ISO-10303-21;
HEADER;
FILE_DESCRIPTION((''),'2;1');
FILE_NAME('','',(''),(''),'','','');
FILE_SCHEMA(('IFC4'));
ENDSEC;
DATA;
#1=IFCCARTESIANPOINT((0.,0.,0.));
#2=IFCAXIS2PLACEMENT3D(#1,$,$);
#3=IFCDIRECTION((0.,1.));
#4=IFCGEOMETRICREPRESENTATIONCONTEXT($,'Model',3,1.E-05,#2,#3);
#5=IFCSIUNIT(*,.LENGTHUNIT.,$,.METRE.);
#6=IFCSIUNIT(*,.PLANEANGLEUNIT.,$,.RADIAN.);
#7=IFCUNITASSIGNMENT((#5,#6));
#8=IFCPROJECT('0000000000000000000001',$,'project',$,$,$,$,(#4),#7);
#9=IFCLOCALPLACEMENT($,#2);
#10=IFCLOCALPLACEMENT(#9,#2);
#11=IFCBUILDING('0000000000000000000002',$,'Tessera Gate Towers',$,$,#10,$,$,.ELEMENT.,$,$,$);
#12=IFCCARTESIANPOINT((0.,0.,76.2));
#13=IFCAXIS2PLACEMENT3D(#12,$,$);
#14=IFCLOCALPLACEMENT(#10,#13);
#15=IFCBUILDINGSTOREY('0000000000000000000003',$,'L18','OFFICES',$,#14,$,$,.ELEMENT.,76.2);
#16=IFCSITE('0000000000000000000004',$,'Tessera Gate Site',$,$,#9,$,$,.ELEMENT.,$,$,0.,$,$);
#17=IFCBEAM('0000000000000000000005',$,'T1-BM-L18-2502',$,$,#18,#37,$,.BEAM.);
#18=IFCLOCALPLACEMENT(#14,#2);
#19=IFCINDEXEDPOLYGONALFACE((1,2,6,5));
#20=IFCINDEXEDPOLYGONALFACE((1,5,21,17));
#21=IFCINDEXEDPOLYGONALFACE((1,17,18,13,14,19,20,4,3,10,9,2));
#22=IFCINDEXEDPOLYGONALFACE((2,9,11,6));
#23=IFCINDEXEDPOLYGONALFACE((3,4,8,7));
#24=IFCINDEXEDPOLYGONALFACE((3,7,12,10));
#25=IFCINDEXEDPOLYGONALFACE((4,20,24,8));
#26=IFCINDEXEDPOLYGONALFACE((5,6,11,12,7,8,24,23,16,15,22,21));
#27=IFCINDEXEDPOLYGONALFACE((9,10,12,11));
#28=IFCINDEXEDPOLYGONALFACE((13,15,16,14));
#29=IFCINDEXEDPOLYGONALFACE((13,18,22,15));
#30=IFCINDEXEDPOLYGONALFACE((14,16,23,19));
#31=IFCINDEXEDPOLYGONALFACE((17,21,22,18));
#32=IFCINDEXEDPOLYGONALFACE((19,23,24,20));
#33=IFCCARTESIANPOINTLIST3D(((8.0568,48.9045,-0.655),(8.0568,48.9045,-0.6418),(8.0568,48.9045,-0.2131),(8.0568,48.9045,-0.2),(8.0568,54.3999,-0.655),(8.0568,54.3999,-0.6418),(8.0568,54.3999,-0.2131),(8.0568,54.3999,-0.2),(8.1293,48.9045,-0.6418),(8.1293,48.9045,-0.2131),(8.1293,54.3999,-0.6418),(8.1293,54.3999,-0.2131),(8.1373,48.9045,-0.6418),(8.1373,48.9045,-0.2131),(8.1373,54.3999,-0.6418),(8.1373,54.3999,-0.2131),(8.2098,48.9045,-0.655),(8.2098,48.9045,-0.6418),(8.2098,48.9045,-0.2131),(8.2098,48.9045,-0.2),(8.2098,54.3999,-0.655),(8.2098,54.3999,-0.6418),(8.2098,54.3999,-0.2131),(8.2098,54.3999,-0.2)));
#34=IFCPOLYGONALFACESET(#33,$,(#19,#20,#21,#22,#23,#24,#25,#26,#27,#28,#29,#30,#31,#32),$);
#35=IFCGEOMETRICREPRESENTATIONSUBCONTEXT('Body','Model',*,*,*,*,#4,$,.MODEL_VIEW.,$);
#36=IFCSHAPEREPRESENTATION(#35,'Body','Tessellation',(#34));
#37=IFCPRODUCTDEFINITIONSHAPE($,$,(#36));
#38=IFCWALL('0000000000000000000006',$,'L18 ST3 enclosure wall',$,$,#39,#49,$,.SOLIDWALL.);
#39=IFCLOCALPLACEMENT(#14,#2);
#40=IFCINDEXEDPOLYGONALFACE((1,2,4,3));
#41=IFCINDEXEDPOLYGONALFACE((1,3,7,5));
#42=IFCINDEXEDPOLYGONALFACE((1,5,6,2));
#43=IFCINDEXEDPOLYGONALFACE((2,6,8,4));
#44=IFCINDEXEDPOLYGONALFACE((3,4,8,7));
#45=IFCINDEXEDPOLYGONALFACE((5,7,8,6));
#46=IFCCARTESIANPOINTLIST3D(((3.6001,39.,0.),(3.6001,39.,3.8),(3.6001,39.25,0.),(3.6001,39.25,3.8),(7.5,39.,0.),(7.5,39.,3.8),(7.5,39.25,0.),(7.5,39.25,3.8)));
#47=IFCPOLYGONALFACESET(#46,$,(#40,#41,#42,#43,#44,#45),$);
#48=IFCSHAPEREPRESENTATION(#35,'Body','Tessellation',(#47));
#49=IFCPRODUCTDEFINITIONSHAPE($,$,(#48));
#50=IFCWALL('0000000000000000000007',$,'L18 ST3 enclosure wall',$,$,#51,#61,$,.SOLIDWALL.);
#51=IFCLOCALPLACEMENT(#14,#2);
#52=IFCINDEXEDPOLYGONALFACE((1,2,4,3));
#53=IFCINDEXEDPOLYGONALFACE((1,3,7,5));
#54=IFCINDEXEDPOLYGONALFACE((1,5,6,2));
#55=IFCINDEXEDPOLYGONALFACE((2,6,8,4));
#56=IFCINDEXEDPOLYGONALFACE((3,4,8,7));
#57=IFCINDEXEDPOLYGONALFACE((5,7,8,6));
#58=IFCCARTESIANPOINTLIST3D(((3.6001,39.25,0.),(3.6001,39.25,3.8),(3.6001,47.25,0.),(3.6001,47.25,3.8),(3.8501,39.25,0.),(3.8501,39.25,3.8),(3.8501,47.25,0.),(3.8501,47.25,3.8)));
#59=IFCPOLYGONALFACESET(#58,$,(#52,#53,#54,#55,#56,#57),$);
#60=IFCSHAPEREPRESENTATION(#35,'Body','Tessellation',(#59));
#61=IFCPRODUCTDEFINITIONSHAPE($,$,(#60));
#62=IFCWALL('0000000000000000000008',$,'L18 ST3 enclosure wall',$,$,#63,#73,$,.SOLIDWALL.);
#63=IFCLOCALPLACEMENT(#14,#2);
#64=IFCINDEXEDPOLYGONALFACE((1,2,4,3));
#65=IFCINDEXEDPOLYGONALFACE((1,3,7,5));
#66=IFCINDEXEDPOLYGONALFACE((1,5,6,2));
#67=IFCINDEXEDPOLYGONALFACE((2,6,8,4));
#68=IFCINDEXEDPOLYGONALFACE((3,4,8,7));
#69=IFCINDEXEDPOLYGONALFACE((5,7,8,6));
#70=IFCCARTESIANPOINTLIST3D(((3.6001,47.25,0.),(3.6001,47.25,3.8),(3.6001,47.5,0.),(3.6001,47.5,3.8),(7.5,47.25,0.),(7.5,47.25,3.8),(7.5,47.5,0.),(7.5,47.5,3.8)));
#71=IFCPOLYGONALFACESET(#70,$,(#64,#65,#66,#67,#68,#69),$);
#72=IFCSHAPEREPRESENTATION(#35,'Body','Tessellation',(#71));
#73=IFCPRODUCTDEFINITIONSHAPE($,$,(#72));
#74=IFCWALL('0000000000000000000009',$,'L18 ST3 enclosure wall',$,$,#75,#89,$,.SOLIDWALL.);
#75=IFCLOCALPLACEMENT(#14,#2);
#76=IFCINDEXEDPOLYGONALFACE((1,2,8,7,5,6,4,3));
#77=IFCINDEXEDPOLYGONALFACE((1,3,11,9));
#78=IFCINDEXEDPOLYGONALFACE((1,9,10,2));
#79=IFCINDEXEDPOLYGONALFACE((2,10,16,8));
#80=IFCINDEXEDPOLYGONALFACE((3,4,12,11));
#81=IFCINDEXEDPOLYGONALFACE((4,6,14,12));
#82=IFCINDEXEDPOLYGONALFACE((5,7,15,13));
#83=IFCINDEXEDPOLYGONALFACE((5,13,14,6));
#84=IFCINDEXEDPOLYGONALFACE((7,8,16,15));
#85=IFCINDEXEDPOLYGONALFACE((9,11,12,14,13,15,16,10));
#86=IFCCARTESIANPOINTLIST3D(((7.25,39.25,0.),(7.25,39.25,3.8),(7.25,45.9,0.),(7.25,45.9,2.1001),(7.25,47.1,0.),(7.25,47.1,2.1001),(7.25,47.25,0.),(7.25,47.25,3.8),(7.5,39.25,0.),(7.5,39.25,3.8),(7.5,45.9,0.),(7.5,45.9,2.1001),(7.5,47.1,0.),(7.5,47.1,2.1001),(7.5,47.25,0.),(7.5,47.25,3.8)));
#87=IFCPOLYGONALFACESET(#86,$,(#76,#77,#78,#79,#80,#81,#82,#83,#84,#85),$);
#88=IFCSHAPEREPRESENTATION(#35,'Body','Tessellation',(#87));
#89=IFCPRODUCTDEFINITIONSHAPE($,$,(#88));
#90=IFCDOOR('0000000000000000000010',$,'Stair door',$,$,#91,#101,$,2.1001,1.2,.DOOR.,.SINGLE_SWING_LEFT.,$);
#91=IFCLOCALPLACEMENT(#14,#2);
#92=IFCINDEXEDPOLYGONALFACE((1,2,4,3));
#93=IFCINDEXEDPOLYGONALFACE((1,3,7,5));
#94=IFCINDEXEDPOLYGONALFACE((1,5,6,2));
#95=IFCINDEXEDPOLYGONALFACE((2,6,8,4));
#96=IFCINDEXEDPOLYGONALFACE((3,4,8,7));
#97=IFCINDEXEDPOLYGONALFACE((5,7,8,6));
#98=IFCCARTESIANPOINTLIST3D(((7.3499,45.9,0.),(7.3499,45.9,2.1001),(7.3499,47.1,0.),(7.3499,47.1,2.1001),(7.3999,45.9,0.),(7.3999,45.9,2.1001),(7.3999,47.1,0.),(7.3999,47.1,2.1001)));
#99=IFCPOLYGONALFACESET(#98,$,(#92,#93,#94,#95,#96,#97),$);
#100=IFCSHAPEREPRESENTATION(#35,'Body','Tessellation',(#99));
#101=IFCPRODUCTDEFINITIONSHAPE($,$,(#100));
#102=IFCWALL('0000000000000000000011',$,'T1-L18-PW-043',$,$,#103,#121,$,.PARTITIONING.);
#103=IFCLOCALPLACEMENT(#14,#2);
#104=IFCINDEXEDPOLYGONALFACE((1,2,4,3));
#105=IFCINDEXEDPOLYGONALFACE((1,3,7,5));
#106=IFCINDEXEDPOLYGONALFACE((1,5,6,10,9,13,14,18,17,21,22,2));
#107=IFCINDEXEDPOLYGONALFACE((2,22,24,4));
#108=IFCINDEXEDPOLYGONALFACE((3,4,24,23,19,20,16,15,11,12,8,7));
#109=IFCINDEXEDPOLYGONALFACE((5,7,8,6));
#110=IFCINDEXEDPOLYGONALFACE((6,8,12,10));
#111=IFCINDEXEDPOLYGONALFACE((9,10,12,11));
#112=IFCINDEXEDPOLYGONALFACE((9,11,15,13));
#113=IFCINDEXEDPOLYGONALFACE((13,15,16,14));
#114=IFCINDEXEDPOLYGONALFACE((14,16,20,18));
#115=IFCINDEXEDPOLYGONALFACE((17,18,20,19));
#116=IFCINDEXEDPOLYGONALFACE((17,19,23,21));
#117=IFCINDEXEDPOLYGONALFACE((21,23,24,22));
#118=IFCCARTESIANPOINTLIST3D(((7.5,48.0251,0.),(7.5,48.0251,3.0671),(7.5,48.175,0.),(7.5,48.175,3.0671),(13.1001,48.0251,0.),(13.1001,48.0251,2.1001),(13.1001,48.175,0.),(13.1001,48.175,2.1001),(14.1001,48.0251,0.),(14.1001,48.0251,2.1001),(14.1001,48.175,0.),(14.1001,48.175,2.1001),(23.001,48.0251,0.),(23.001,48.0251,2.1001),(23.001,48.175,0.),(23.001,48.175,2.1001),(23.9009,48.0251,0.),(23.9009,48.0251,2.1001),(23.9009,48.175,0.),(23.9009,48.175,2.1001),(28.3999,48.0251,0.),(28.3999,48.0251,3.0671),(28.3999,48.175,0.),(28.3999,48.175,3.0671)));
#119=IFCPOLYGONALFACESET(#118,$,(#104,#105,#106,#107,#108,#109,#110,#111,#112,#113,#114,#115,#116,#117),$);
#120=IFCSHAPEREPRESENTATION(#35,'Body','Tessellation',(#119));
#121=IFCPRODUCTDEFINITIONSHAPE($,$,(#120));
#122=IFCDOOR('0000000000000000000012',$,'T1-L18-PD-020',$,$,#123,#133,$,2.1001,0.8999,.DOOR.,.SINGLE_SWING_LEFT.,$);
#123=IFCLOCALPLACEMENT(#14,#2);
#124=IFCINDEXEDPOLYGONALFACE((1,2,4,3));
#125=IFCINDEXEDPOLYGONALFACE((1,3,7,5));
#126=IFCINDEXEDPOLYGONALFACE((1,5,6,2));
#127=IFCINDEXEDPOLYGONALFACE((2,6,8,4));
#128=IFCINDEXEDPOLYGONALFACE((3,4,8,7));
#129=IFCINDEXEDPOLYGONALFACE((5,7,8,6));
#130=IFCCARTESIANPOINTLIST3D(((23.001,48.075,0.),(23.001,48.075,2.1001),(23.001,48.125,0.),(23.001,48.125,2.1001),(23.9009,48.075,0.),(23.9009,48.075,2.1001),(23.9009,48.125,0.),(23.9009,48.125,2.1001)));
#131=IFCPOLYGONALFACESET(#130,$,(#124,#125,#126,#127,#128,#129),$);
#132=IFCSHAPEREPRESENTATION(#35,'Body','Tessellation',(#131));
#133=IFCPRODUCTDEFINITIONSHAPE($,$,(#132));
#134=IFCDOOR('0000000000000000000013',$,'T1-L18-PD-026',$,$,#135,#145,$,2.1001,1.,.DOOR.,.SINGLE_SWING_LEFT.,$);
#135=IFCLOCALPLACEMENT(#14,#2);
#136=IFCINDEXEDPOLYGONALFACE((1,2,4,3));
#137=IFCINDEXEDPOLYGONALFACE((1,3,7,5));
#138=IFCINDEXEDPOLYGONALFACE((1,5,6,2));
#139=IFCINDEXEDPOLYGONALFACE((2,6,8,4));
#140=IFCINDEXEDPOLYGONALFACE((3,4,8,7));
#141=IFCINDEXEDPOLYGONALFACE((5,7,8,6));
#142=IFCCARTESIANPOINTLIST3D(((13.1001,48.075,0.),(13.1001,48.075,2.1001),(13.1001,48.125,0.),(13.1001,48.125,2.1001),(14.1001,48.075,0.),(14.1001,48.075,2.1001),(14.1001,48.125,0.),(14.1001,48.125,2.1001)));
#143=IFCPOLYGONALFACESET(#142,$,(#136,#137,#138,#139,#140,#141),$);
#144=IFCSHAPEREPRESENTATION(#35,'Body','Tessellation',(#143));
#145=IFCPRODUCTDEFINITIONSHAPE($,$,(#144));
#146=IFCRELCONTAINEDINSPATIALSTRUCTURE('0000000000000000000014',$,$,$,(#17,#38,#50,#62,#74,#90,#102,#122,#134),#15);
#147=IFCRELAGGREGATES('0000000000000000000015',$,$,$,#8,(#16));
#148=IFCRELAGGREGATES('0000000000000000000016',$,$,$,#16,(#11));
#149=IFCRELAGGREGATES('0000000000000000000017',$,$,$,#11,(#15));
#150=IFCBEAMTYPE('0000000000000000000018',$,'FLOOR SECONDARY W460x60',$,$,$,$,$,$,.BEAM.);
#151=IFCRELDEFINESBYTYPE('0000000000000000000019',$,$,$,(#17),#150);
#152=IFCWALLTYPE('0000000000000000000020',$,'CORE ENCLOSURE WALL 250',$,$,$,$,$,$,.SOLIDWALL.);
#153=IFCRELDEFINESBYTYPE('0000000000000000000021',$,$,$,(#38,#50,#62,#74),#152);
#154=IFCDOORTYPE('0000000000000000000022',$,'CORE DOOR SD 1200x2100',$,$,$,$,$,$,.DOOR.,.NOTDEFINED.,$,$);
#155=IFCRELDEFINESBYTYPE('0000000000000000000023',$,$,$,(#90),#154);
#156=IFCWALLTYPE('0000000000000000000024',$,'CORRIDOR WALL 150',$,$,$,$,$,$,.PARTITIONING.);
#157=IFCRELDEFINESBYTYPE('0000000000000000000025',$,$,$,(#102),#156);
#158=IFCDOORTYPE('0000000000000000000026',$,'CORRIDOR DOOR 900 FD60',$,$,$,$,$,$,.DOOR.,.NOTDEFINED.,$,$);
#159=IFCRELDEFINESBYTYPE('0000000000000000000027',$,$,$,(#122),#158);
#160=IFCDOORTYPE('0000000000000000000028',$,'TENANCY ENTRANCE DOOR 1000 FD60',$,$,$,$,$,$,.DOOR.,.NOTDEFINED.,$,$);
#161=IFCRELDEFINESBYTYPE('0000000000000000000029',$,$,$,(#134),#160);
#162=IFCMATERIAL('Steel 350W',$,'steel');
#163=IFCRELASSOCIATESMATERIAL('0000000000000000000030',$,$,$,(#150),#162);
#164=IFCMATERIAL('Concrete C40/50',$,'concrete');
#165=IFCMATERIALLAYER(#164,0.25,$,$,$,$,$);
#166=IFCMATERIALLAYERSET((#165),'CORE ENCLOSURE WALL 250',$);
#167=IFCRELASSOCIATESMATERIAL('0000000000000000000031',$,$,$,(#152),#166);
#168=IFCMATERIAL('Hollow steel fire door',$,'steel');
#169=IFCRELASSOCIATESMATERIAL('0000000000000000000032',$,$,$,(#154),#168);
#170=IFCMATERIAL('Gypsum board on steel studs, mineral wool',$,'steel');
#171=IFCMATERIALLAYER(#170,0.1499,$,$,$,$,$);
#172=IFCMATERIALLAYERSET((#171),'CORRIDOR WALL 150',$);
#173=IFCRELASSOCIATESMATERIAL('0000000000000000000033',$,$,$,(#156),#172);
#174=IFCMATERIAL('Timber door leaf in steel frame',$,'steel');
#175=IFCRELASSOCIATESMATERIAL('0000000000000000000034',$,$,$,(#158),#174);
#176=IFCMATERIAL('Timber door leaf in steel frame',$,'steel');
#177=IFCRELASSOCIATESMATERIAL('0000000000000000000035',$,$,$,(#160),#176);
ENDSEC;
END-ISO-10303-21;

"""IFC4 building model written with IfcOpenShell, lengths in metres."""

from ifc_helpers import new_model, si_unit, direction, frame, frame_2d, origin, origin_2d, place, context, subcontext, project, spatial, rectangle, i_section, extrude, source, transform, mapped, material, layer, layer_set, material_profile, profile_set, type_object, element, fill, save


model = new_model("IFC4")

# Units and contexts
model_context = context("Model", 3, precision=1e-05, world=origin(), true_north=direction((0.0, 1.0)))
body_context = subcontext(model_context, "Body", "Model", "MODEL_VIEW")
ifc_project = project(units=[si_unit("LENGTHUNIT", "METRE"), si_unit("PLANEANGLEUNIT", "RADIAN")], contexts=[model_context])

# Site, building, storey
site_placement = place(None, origin())
site = spatial("IfcSite", under=ifc_project, at=site_placement, Name="Tessera Gate Site", CompositionType="ELEMENT", RefElevation=0.0)
building_placement = place(site_placement, origin())
building = spatial("IfcBuilding", under=site, at=building_placement, Name="Tessera Gate Towers", CompositionType="ELEMENT")
storey_placement = place(building_placement, frame((0.0, 0.0, 76.2)))
storey = spatial("IfcBuildingStorey", under=building, at=storey_placement, Name="L18", Description="OFFICES", CompositionType="ELEMENT", Elevation=76.2)

# Beam
ifc_material_1 = material(Name="Steel 350W", Category="steel")
ifc_material_profile_1 = material_profile(ifc_material_1, i_section(OverallWidth=0.1531, OverallDepth=0.4551, WebThickness=0.0081, FlangeThickness=0.0132, at=origin_2d()), Name="W460x60")
ifc_profile_set_1 = profile_set([ifc_material_profile_1], Name="Steel 350W")
beam_type_1 = type_object("IfcBeamType", Name="FLOOR SECONDARY W460x60", PredefinedType="BEAM", material=ifc_profile_set_1)
beam_1_placement = place(storey_placement, frame((8.1333, 48.9045, -0.4275), z_axis=(0.0, 1.0, 0.0), x_axis=(-1.0, 0.0, 0.0)))
element("IfcBeam", 1, at=beam_1_placement, inside=storey, type_object=beam_type_1, Name="T1-BM-L18-2502", PredefinedType="BEAM", context=body_context, shape_type="SweptSolid", body=[
    extrude(i_section(OverallWidth=0.1531, OverallDepth=0.4551, WebThickness=0.0081, FlangeThickness=0.0132, at=origin_2d()), origin(), (0.0, 0.0, 1.0), 5.4954),
])

# Walls
ifc_material_2 = material(Name="Concrete C40/50", Category="concrete")
ifc_layer_1 = layer(ifc_material_2, 0.25)
ifc_layer_set_1 = layer_set([ifc_layer_1], Name="CORE ENCLOSURE WALL 250")
wall_type_1 = type_object("IfcWallType", Name="CORE ENCLOSURE WALL 250", PredefinedType="SOLIDWALL", material=ifc_layer_set_1)
wall_1_placement = place(storey_placement, frame((7.5, 39.125, 0.0), z_axis=(0.0, 0.0, 1.0), x_axis=(-1.0, 0.0, 0.0)))
element("IfcWall", 2, at=wall_1_placement, inside=storey, type_object=wall_type_1, Name="L18 ST3 enclosure wall", PredefinedType="SOLIDWALL", context=body_context, shape_type="SweptSolid", body=[
    extrude(rectangle(XDim=3.8999, YDim=0.25, at=frame_2d((1.95, 0.0))), origin(), (0.0, 0.0, 1.0), 3.8),
])
wall_2_placement = place(storey_placement, frame((3.7251, 39.25, 0.0), z_axis=(0.0, 0.0, 1.0), x_axis=(0.0, 1.0, 0.0)))
element("IfcWall", 3, at=wall_2_placement, inside=storey, type_object=wall_type_1, Name="L18 ST3 enclosure wall", PredefinedType="SOLIDWALL", context=body_context, shape_type="SweptSolid", body=[
    extrude(rectangle(XDim=8.0, YDim=0.25, at=frame_2d((4.0, 0.0))), origin(), (0.0, 0.0, 1.0), 3.8),
])
wall_3_placement = place(storey_placement, frame((3.6001, 47.375, 0.0), z_axis=(0.0, 0.0, 1.0), x_axis=(1.0, 0.0, 0.0)))
element("IfcWall", 4, at=wall_3_placement, inside=storey, type_object=wall_type_1, Name="L18 ST3 enclosure wall", PredefinedType="SOLIDWALL", context=body_context, shape_type="SweptSolid", body=[
    extrude(rectangle(XDim=3.8999, YDim=0.25, at=frame_2d((1.95, 0.0))), origin(), (0.0, 0.0, 1.0), 3.8),
])

# Wall, opening, door
wall_4_placement = place(storey_placement, frame((7.375, 47.25, 0.0), z_axis=(0.0, 0.0, 1.0), x_axis=(0.0, -1.0, 0.0)))
wall_4 = element("IfcWall", 5, at=wall_4_placement, inside=storey, type_object=wall_type_1, Name="L18 ST3 enclosure wall", PredefinedType="SOLIDWALL", context=body_context, shape_type="SweptSolid", body=[
    extrude(rectangle(XDim=8.0, YDim=0.25, at=frame_2d((4.0, 0.0))), origin(), (0.0, 0.0, 1.0), 3.8),
])
shared_shape_1 = source(origin(), body_context, "Body", "SweptSolid", [
    extrude(rectangle(XDim=1.2, YDim=2.1001, at=frame_2d((0.6001, 1.05))), frame((0.0, 0.135, 0.0), z_axis=(0.0, -1.0, 0.0), x_axis=(1.0, 0.0, 0.0)), (0.0, 0.0, 1.0), 0.27),
])
opening_1_placement = place(wall_4_placement, frame((0.1499, 0.0, 0.0)))
opening_1 = element("IfcOpeningElement", 6, at=opening_1_placement, cuts=wall_4, PredefinedType="OPENING", context=body_context, shape_type="MappedRepresentation", body=[
    mapped(shared_shape_1, transform((0.0, 0.0, 0.0), scale=1.0)),
])
ifc_material_3 = material(Name="Hollow steel fire door", Category="steel")
door_type_1 = type_object("IfcDoorType", Name="CORE DOOR SD 1200x2100", OperationType="NOTDEFINED", PredefinedType="DOOR", material=ifc_material_3)
shared_shape_2 = source(origin(), body_context, "Body", "SweptSolid", [
    extrude(rectangle(XDim=1.2, YDim=2.1001, at=frame_2d((0.6001, 1.05))), frame((0.0, 0.0249, 0.0), z_axis=(0.0, -1.0, 0.0), x_axis=(1.0, 0.0, 0.0)), (0.0, 0.0, 1.0), 0.05),
])
door_1_placement = place(opening_1_placement, origin())
door_1 = element("IfcDoor", 7, at=door_1_placement, inside=storey, type_object=door_type_1, Name="Stair door", OperationType="SINGLE_SWING_LEFT", OverallHeight=2.1001, OverallWidth=1.2, PredefinedType="DOOR", context=body_context, shape_type="MappedRepresentation", body=[
    mapped(shared_shape_2, transform((0.0, 0.0, 0.0), scale=1.0)),
])
fill(opening_1, door_1)

# Wall, openings, doors
ifc_material_4 = material(Name="Gypsum board on steel studs, mineral wool", Category="steel")
ifc_layer_2 = layer(ifc_material_4, 0.1499)
ifc_layer_set_2 = layer_set([ifc_layer_2], Name="CORRIDOR WALL 150")
wall_type_2 = type_object("IfcWallType", Name="CORRIDOR WALL 150", PredefinedType="PARTITIONING", material=ifc_layer_set_2)
wall_5_placement = place(storey_placement, frame((7.5, 48.1001, 0.0), z_axis=(0.0, 0.0, 1.0), x_axis=(1.0, 0.0, 0.0)))
wall_5 = element("IfcWall", 8, at=wall_5_placement, inside=storey, type_object=wall_type_2, Name="T1-L18-PW-043", PredefinedType="PARTITIONING", context=body_context, shape_type="SweptSolid", body=[
    extrude(rectangle(XDim=20.8999, YDim=0.1499, at=frame_2d((10.45, 0.0))), origin(), (0.0, 0.0, 1.0), 3.0671),
])
shared_shape_3 = source(origin(), body_context, "Body", "SweptSolid", [
    extrude(rectangle(XDim=0.8999, YDim=2.1001, at=frame_2d((0.45, 1.05))), frame((0.0, 0.085, 0.0), z_axis=(0.0, -1.0, 0.0), x_axis=(1.0, 0.0, 0.0)), (0.0, 0.0, 1.0), 0.1699),
])
opening_2_placement = place(wall_5_placement, frame((15.501, 0.0, 0.0)))
opening_2 = element("IfcOpeningElement", 9, at=opening_2_placement, cuts=wall_5, PredefinedType="OPENING", context=body_context, shape_type="MappedRepresentation", body=[
    mapped(shared_shape_3, transform((0.0, 0.0, 0.0), scale=1.0)),
])
shared_shape_4 = source(origin(), body_context, "Body", "SweptSolid", [
    extrude(rectangle(XDim=1.0, YDim=2.1001, at=frame_2d((0.5, 1.05))), frame((0.0, 0.085, 0.0), z_axis=(0.0, -1.0, 0.0), x_axis=(1.0, 0.0, 0.0)), (0.0, 0.0, 1.0), 0.1699),
])
opening_3_placement = place(wall_5_placement, frame((5.6001, 0.0, 0.0)))
opening_3 = element("IfcOpeningElement", 10, at=opening_3_placement, cuts=wall_5, PredefinedType="OPENING", context=body_context, shape_type="MappedRepresentation", body=[
    mapped(shared_shape_4, transform((0.0, 0.0, 0.0), scale=1.0)),
])
ifc_material_5 = material(Name="Timber door leaf in steel frame", Category="steel")
door_type_2 = type_object("IfcDoorType", Name="CORRIDOR DOOR 900 FD60", OperationType="NOTDEFINED", PredefinedType="DOOR", material=ifc_material_5)
shared_shape_5 = source(origin(), body_context, "Body", "SweptSolid", [
    extrude(rectangle(XDim=0.8999, YDim=2.1001, at=frame_2d((0.45, 1.05))), frame((0.0, 0.0249, 0.0), z_axis=(0.0, -1.0, 0.0), x_axis=(1.0, 0.0, 0.0)), (0.0, 0.0, 1.0), 0.05),
])
door_2_placement = place(opening_2_placement, origin())
door_2 = element("IfcDoor", 11, at=door_2_placement, inside=storey, type_object=door_type_2, Name="T1-L18-PD-020", OperationType="SINGLE_SWING_LEFT", OverallHeight=2.1001, OverallWidth=0.8999, PredefinedType="DOOR", context=body_context, shape_type="MappedRepresentation", body=[
    mapped(shared_shape_5, transform((0.0, 0.0, 0.0), scale=1.0)),
])
fill(opening_2, door_2)
ifc_material_6 = material(Name="Timber door leaf in steel frame", Category="steel")
door_type_3 = type_object("IfcDoorType", Name="TENANCY ENTRANCE DOOR 1000 FD60", OperationType="NOTDEFINED", PredefinedType="DOOR", material=ifc_material_6)
shared_shape_6 = source(origin(), body_context, "Body", "SweptSolid", [
    extrude(rectangle(XDim=1.0, YDim=2.1001, at=frame_2d((0.5, 1.05))), frame((0.0, 0.0249, 0.0), z_axis=(0.0, -1.0, 0.0), x_axis=(1.0, 0.0, 0.0)), (0.0, 0.0, 1.0), 0.05),
])
door_3_placement = place(opening_3_placement, origin())
door_3 = element("IfcDoor", 12, at=door_3_placement, inside=storey, type_object=door_type_3, Name="T1-L18-PD-026", OperationType="SINGLE_SWING_LEFT", OverallHeight=2.1001, OverallWidth=1.0, PredefinedType="DOOR", context=body_context, shape_type="MappedRepresentation", body=[
    mapped(shared_shape_6, transform((0.0, 0.0, 0.0), scale=1.0)),
])
fill(opening_3, door_3)

save(model, "model.ifc")
